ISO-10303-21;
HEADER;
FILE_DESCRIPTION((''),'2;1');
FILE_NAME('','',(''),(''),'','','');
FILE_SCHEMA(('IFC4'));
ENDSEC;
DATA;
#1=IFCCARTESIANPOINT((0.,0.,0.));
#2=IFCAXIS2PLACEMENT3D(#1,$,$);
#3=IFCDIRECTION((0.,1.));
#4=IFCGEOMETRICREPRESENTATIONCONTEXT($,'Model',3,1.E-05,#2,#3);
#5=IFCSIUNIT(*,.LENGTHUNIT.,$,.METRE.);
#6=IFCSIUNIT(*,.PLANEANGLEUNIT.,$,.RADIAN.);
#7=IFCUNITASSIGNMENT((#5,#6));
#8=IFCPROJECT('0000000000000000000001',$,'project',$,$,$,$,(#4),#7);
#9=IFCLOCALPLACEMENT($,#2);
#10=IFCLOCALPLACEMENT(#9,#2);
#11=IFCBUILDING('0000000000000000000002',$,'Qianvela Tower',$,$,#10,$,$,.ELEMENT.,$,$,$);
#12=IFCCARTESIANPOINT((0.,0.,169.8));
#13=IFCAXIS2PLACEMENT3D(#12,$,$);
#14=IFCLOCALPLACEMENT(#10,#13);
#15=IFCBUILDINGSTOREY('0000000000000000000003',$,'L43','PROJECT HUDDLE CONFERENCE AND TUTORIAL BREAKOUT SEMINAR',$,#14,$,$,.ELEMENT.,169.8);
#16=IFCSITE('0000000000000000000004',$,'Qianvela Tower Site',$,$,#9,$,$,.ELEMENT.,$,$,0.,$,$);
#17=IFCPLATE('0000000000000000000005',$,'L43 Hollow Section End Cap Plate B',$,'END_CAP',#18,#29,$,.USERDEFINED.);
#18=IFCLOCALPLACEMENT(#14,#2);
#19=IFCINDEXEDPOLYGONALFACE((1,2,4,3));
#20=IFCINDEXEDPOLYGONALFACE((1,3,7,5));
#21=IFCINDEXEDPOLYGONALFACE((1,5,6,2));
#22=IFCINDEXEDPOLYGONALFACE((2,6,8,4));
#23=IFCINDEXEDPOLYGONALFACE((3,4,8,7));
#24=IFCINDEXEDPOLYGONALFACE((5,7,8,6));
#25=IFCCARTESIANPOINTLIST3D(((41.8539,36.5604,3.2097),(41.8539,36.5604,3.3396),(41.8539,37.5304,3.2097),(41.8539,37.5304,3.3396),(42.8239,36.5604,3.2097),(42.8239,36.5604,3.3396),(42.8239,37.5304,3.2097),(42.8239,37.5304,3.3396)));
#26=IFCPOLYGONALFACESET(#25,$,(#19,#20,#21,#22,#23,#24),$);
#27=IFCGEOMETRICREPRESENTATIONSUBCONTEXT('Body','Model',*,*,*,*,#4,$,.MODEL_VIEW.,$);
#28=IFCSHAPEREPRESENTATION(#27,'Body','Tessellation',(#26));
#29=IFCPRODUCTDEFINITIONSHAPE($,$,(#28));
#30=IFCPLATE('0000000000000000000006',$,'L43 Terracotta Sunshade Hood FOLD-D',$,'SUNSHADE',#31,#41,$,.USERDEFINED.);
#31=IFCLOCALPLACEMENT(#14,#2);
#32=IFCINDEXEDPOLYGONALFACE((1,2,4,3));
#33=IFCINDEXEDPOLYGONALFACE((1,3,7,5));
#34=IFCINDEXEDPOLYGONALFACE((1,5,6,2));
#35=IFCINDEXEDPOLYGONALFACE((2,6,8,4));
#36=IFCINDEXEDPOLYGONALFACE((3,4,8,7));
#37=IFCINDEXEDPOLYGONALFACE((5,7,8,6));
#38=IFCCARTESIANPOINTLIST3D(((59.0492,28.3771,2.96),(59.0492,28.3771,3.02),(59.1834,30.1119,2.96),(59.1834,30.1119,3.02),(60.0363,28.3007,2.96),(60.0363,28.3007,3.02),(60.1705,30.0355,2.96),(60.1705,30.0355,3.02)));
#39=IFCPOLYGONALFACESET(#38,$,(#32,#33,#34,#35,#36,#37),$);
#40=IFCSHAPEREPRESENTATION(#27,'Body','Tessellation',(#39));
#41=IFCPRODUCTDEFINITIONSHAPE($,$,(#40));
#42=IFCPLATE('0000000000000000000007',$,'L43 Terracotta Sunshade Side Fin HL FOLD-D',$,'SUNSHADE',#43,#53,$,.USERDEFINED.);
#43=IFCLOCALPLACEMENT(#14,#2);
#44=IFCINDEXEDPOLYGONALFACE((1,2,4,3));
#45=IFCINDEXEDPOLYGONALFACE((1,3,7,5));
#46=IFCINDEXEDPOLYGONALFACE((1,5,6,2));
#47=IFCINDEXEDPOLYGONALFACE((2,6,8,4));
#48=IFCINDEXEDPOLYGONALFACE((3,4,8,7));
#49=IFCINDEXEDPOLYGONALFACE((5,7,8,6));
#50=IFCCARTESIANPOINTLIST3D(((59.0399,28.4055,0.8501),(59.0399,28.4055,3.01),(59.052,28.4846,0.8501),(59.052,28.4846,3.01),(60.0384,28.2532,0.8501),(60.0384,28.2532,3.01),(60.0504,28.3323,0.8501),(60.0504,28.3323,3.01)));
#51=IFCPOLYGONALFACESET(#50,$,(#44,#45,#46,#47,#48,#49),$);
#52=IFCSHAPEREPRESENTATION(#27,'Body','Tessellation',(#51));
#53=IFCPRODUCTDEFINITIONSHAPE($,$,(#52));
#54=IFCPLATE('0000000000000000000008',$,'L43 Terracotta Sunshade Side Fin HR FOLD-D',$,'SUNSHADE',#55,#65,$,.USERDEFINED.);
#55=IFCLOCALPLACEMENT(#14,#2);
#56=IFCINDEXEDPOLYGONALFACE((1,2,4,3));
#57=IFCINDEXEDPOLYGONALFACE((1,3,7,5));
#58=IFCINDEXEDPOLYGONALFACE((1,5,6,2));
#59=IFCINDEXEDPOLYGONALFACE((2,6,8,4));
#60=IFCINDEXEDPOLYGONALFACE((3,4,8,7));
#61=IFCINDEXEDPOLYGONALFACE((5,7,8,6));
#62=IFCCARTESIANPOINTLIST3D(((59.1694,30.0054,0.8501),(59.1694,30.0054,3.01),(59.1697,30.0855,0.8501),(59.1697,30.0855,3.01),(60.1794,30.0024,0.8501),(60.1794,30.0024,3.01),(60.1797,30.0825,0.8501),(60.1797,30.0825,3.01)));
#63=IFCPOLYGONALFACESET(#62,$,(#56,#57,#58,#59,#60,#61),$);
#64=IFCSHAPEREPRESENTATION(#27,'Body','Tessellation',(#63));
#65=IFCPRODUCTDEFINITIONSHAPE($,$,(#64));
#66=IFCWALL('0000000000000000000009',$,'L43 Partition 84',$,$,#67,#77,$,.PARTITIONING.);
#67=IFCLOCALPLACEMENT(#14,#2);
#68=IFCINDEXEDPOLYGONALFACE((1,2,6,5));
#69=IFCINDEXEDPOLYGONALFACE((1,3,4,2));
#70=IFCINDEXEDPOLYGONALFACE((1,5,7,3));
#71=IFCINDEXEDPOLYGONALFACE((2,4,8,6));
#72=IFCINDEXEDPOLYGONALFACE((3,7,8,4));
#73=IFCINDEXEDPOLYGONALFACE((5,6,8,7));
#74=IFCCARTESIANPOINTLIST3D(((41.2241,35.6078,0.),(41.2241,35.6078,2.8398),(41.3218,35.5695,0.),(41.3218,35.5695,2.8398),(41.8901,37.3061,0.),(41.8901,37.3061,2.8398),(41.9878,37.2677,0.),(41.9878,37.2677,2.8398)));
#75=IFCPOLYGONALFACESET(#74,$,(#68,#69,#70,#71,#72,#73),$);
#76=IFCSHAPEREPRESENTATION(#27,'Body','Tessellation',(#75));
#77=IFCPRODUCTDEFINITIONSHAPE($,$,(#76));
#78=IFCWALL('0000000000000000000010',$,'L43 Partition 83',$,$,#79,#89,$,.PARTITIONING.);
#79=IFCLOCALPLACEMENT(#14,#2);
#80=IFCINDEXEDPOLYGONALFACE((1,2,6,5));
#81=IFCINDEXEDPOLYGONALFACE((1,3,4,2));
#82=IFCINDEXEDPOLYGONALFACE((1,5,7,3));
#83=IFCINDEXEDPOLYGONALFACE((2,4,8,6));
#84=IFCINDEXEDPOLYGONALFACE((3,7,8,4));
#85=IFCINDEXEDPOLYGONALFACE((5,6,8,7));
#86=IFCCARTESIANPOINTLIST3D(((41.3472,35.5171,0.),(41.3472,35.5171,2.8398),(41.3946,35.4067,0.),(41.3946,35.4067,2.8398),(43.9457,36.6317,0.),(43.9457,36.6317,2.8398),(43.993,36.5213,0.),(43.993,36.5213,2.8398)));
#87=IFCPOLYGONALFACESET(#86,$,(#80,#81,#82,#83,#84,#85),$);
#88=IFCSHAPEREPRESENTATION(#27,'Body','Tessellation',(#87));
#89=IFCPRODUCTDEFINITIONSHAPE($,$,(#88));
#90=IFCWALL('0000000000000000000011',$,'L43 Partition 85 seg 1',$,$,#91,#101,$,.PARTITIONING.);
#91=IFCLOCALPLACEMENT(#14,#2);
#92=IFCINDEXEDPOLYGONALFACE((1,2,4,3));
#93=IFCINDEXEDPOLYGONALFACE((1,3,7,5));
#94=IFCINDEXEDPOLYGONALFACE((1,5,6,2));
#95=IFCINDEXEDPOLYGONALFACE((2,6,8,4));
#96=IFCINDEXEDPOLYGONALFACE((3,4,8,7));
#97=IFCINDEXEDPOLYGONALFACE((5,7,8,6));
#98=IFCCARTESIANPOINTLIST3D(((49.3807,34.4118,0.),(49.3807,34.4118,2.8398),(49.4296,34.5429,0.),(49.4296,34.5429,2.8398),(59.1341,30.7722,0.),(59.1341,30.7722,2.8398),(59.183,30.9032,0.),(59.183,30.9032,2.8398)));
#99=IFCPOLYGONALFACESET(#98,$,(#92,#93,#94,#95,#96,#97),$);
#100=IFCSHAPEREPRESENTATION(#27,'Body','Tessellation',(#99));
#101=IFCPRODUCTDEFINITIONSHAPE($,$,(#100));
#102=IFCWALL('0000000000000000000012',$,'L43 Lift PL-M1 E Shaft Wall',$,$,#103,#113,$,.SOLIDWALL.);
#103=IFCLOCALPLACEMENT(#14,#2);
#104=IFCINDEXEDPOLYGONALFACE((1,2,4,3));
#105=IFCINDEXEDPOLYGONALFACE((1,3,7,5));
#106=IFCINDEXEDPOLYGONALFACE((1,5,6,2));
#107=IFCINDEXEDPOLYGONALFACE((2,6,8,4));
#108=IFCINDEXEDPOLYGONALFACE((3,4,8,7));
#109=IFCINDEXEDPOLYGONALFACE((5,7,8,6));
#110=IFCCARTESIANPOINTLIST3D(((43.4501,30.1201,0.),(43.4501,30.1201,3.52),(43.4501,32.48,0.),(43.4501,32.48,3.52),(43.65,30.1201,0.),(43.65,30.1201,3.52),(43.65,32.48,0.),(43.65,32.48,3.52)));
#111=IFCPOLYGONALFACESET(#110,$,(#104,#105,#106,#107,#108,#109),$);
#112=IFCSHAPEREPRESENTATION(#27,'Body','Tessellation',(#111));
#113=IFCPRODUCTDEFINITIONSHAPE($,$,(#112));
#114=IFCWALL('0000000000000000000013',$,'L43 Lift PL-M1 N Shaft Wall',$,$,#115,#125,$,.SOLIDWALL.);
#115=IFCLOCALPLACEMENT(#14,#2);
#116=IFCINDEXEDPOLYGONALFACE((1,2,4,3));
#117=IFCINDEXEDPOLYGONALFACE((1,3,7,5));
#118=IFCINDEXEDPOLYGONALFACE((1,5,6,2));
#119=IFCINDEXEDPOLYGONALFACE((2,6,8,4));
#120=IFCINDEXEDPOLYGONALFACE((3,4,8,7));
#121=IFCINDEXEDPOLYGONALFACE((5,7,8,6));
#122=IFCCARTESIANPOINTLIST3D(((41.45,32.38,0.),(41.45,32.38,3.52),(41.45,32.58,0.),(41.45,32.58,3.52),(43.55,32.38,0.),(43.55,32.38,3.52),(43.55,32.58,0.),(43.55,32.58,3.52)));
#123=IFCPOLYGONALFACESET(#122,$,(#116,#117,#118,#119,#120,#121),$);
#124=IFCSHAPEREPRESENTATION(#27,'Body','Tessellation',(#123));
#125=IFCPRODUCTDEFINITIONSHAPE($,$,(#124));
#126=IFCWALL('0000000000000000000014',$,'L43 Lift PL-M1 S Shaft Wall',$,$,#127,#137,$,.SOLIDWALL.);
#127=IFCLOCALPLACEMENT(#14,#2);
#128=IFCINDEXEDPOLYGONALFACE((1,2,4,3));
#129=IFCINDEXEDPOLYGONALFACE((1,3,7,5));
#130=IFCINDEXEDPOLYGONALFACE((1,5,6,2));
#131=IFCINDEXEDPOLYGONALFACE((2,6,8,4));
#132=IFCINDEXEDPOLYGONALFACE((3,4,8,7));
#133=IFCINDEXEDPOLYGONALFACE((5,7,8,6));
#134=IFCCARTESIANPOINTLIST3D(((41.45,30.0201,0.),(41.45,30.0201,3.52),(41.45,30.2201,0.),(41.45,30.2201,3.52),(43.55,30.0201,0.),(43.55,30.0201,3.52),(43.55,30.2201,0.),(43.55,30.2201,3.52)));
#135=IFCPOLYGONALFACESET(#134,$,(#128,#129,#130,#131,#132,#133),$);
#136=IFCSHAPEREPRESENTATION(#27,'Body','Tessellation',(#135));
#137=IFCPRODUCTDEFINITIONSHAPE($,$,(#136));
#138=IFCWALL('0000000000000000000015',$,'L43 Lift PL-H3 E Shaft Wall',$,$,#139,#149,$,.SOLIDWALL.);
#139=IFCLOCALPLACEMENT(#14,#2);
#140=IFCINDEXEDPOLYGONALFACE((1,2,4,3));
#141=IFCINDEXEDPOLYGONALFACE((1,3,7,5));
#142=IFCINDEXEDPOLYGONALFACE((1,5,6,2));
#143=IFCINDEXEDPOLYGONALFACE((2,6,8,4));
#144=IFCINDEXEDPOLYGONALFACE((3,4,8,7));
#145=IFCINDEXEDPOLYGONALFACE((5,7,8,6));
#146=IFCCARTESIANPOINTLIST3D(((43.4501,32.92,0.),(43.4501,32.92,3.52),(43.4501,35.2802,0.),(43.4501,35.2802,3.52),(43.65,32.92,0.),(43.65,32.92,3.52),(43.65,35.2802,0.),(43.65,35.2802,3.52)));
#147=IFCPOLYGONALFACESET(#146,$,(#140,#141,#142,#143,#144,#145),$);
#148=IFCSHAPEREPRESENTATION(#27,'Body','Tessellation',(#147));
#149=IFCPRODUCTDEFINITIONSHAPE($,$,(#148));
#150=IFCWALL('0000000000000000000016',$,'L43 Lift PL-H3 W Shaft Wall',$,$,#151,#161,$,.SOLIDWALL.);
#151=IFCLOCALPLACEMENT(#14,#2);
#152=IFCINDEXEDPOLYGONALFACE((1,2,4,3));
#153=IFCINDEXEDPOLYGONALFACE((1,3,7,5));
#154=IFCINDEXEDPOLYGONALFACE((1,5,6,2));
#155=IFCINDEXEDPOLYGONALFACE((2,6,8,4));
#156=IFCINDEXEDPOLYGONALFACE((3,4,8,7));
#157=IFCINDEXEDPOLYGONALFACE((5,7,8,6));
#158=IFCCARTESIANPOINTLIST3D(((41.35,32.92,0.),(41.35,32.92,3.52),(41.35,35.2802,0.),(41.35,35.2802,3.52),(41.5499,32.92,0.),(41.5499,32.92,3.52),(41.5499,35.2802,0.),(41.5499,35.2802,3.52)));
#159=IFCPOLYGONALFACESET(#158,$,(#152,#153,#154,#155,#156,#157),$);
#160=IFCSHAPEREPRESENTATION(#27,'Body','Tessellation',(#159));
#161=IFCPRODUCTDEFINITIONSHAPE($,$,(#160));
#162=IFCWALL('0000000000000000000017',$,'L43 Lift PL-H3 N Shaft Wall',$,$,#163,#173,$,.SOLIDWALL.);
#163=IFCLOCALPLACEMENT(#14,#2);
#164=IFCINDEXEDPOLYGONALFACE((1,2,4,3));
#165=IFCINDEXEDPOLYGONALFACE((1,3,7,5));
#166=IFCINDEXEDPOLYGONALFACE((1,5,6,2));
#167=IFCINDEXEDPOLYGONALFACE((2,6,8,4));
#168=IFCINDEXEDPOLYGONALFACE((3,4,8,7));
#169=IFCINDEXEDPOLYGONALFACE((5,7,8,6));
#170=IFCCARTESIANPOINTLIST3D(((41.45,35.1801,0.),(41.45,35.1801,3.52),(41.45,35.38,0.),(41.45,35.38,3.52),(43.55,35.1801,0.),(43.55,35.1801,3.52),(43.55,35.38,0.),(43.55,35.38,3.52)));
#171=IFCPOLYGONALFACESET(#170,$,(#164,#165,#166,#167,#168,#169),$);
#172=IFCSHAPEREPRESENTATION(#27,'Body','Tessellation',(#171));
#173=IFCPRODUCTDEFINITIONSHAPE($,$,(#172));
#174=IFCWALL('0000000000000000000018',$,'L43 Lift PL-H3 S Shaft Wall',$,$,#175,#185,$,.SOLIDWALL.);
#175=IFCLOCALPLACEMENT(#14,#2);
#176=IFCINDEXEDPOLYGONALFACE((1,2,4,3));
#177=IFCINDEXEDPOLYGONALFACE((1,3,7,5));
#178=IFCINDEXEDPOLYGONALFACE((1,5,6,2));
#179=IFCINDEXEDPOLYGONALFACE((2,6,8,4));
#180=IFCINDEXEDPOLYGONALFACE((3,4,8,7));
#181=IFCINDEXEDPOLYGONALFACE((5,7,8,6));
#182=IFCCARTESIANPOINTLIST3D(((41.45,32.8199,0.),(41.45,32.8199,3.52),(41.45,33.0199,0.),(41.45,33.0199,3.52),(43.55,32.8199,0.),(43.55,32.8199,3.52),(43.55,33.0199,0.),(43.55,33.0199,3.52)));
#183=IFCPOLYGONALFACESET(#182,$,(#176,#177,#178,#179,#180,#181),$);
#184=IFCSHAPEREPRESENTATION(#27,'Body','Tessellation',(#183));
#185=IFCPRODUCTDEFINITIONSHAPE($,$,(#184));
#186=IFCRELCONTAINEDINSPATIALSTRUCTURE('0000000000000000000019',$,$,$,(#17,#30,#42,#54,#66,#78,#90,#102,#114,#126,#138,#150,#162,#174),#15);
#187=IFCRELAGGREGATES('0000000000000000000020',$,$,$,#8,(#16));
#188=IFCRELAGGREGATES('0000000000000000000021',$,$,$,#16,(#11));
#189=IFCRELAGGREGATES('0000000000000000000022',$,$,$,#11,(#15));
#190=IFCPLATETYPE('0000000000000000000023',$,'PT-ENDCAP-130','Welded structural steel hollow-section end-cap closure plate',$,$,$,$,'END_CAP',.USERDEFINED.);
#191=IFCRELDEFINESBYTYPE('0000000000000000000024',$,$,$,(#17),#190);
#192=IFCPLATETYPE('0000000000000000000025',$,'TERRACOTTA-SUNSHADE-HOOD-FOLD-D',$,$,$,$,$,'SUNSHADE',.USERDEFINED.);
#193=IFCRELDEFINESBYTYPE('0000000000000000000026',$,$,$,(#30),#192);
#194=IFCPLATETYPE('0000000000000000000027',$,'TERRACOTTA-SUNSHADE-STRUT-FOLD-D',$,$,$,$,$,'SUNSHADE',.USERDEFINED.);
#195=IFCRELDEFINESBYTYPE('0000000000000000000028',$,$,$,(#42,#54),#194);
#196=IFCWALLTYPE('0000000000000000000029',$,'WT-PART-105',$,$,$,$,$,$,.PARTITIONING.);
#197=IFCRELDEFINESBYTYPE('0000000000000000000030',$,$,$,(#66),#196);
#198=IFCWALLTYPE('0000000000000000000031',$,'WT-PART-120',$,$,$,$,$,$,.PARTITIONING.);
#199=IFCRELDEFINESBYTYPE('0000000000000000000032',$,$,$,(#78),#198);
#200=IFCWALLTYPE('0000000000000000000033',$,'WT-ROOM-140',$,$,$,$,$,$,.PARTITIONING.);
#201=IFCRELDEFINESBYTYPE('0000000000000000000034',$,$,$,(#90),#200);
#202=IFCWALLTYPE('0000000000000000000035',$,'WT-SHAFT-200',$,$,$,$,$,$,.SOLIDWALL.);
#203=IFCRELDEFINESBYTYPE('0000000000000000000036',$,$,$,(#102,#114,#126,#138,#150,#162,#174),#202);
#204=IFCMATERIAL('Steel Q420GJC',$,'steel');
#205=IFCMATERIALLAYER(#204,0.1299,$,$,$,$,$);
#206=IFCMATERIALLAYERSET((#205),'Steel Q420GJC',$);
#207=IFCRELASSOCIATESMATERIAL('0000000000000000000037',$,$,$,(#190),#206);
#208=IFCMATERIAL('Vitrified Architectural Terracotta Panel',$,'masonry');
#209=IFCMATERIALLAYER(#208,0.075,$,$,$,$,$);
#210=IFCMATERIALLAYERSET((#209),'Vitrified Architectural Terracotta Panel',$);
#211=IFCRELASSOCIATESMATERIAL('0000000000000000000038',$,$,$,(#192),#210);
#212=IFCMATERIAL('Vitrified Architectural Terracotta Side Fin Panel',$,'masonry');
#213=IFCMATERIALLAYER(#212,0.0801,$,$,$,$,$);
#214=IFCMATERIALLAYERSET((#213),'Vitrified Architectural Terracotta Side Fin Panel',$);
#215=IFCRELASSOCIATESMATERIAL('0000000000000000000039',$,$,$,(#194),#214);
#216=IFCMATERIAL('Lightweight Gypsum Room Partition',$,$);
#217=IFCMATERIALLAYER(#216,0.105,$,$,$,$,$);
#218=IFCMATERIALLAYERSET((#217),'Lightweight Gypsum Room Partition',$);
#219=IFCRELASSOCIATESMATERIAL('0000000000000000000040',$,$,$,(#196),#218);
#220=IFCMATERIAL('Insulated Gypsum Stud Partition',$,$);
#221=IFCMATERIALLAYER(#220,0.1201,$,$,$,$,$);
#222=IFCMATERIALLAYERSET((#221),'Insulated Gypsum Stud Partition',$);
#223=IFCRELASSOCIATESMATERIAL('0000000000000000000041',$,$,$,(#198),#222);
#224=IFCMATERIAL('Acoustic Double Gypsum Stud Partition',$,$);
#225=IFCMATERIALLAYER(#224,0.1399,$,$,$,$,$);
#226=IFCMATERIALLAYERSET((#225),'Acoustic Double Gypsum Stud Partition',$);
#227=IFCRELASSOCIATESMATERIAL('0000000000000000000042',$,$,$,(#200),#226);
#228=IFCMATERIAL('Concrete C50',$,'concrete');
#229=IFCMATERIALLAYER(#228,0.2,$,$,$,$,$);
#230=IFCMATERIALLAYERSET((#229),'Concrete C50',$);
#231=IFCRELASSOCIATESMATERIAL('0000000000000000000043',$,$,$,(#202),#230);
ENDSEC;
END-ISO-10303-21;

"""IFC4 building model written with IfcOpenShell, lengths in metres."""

from ifc_helpers import new_model, si_unit, direction, frame, frame_2d, origin, origin_2d, place, context, subcontext, project, spatial, rectangle, extrude, material, layer, layer_set, type_object, element, save


model = new_model("IFC4")

# Units and contexts
model_context = context("Model", 3, precision=1e-05, world=origin(), true_north=direction((0.0, 1.0)))
body_context = subcontext(model_context, "Body", "Model", "MODEL_VIEW")
ifc_project = project(units=[si_unit("LENGTHUNIT", "METRE"), si_unit("PLANEANGLEUNIT", "RADIAN")], contexts=[model_context])

# Site, building, storey
site_placement = place(None, origin())
site = spatial("IfcSite", under=ifc_project, at=site_placement, Name="Qianvela Tower Site", CompositionType="ELEMENT", RefElevation=0.0)
building_placement = place(site_placement, origin())
building = spatial("IfcBuilding", under=site, at=building_placement, Name="Qianvela Tower", CompositionType="ELEMENT")
storey_placement = place(building_placement, frame((0.0, 0.0, 169.8)))
storey = spatial("IfcBuildingStorey", under=building, at=storey_placement, Name="L43", Description="PROJECT HUDDLE CONFERENCE AND TUTORIAL BREAKOUT SEMINAR", CompositionType="ELEMENT", Elevation=169.8)

# Plates
ifc_material_1 = material(Name="Steel Q420GJC", Category="steel")
ifc_layer_1 = layer(ifc_material_1, 0.1299)
ifc_layer_set_1 = layer_set([ifc_layer_1], Name="Steel Q420GJC")
plate_type_1 = type_object("IfcPlateType", Name="PT-ENDCAP-130", Description="Welded structural steel hollow-section end-cap closure plate", ElementType="END_CAP", PredefinedType="USERDEFINED", material=ifc_layer_set_1)
for number, where, z_axis, x_axis, name in (
    (1, (42.3389, 37.0454, 3.2097), (0.0, 0.0, 1.0), (1.0, 0.0, 0.0), "L43 Hollow Section End Cap Plate B"),
):
    element("IfcPlate", number, at=place(storey_placement, frame(where, z_axis=z_axis, x_axis=x_axis)), inside=storey, type_object=plate_type_1, Name=name, ObjectType="END_CAP", PredefinedType="USERDEFINED", context=body_context, shape_type="SweptSolid", body=[
        extrude(rectangle(XDim=0.97, YDim=0.97, at=origin_2d()), origin(), (0.0, 0.0, 1.0), 0.1299),
    ])
ifc_material_2 = material(Name="Vitrified Architectural Terracotta Panel", Category="masonry")
ifc_layer_2 = layer(ifc_material_2, 0.075)
ifc_layer_set_2 = layer_set([ifc_layer_2], Name="Vitrified Architectural Terracotta Panel")
plate_type_2 = type_object("IfcPlateType", Name="TERRACOTTA-SUNSHADE-HOOD-FOLD-D", ElementType="SUNSHADE", PredefinedType="USERDEFINED", material=ifc_layer_set_2)
plate_1_placement = place(storey_placement, frame((59.6099, 29.2063, 2.96), z_axis=(0.0, 0.0, 1.0), x_axis=(0.077123, 0.997022, 0.0)))
element("IfcPlate", 2, at=plate_1_placement, inside=storey, type_object=plate_type_2, Name="L43 Terracotta Sunshade Hood FOLD-D", ObjectType="SUNSHADE", PredefinedType="USERDEFINED", context=body_context, shape_type="SweptSolid", body=[
    extrude(rectangle(XDim=1.74, YDim=0.99, at=origin_2d()), origin(), (0.0, 0.0, 1.0), 0.0601),
])
ifc_material_3 = material(Name="Vitrified Architectural Terracotta Side Fin Panel", Category="masonry")
ifc_layer_3 = layer(ifc_material_3, 0.0801)
ifc_layer_set_3 = layer_set([ifc_layer_3], Name="Vitrified Architectural Terracotta Side Fin Panel")
plate_type_3 = type_object("IfcPlateType", Name="TERRACOTTA-SUNSHADE-STRUT-FOLD-D", ElementType="SUNSHADE", PredefinedType="USERDEFINED", material=ifc_layer_set_3)
for number, where, z_axis, x_axis, name in (
    (3, (59.5452, 28.3689, 0.8501), (0.0, 0.0, 1.0), (0.150798, 0.988565, 0.0), "L43 Terracotta Sunshade Side Fin HL FOLD-D"),
    (4, (59.6746, 30.0439, 0.8501), (0.0, 0.0, 1.0), (0.003023, 0.999995, 0.0), "L43 Terracotta Sunshade Side Fin HR FOLD-D"),
):
    element("IfcPlate", number, at=place(storey_placement, frame(where, z_axis=z_axis, x_axis=x_axis)), inside=storey, type_object=plate_type_3, Name=name, ObjectType="SUNSHADE", PredefinedType="USERDEFINED", context=body_context, shape_type="SweptSolid", body=[
        extrude(rectangle(XDim=0.0801, YDim=1.01, at=origin_2d()), origin(), (0.0, 0.0, 1.0), 2.1599),
    ])

# Walls
ifc_material_4 = material(Name="Lightweight Gypsum Room Partition")
ifc_layer_4 = layer(ifc_material_4, 0.105)
ifc_layer_set_4 = layer_set([ifc_layer_4], Name="Lightweight Gypsum Room Partition")
wall_type_1 = type_object("IfcWallType", Name="WT-PART-105", PredefinedType="PARTITIONING", material=ifc_layer_set_4)
wall_1_placement = place(storey_placement, frame((41.2729, 35.5886, 0.0), z_axis=(0.0, 0.0, 1.0), x_axis=(0.365106, 0.930966, 0.0)))
element("IfcWall", 5, at=wall_1_placement, inside=storey, type_object=wall_type_1, Name="L43 Partition 84", PredefinedType="PARTITIONING", context=body_context, shape_type="SweptSolid", body=[
    extrude(rectangle(XDim=1.8242, YDim=0.105, at=frame_2d((0.9121, 0.0))), origin(), (0.0, 0.0, 1.0), 2.8398),
])
ifc_material_5 = material(Name="Insulated Gypsum Stud Partition")
ifc_layer_5 = layer(ifc_material_5, 0.1201)
ifc_layer_set_5 = layer_set([ifc_layer_5], Name="Insulated Gypsum Stud Partition")
wall_type_2 = type_object("IfcWallType", Name="WT-PART-120", PredefinedType="PARTITIONING", material=ifc_layer_set_5)
wall_2_placement = place(storey_placement, frame((43.9692, 36.5764, 0.0), z_axis=(0.0, 0.0, 1.0), x_axis=(-0.919029, -0.39419, 0.0)))
element("IfcWall", 6, at=wall_2_placement, inside=storey, type_object=wall_type_2, Name="L43 Partition 83", PredefinedType="PARTITIONING", context=body_context, shape_type="SweptSolid", body=[
    extrude(rectangle(XDim=2.8274, YDim=0.1201, at=frame_2d((1.4136, 0.0))), origin(), (0.0, 0.0, 1.0), 2.8398),
])
ifc_material_6 = material(Name="Acoustic Double Gypsum Stud Partition")
ifc_layer_6 = layer(ifc_material_6, 0.1399)
ifc_layer_set_6 = layer_set([ifc_layer_6], Name="Acoustic Double Gypsum Stud Partition")
wall_type_3 = type_object("IfcWallType", Name="WT-ROOM-140", PredefinedType="PARTITIONING", material=ifc_layer_set_6)
wall_3_placement = place(storey_placement, frame((49.4053, 34.4773, 0.0), z_axis=(0.0, 0.0, 1.0), x_axis=(0.936893, -0.349617, 0.0)))
element("IfcWall", 7, at=wall_3_placement, inside=storey, type_object=wall_type_3, Name="L43 Partition 85 seg 1", PredefinedType="PARTITIONING", context=body_context, shape_type="SweptSolid", body=[
    extrude(rectangle(XDim=10.4104, YDim=0.1399, at=frame_2d((5.2051, 0.0))), origin(), (0.0, 0.0, 1.0), 2.8398),
])
ifc_material_7 = material(Name="Concrete C50", Category="concrete")
ifc_layer_7 = layer(ifc_material_7, 0.2)
ifc_layer_set_7 = layer_set([ifc_layer_7], Name="Concrete C50")
wall_type_4 = type_object("IfcWallType", Name="WT-SHAFT-200", PredefinedType="SOLIDWALL", material=ifc_layer_set_7)
wall_4_placement = place(storey_placement, frame((43.55, 30.1201, 0.0), z_axis=(0.0, 0.0, 1.0), x_axis=(0.0, 1.0, 0.0)))
element("IfcWall", 8, at=wall_4_placement, inside=storey, type_object=wall_type_4, Name="L43 Lift PL-M1 E Shaft Wall", PredefinedType="SOLIDWALL", context=body_context, shape_type="SweptSolid", body=[
    extrude(rectangle(XDim=2.3599, YDim=0.2, at=frame_2d((1.1799, 0.0))), origin(), (0.0, 0.0, 1.0), 3.52),
])

# Walls
for number, where, z_axis, x_axis, name in (
    (9, (41.45, 32.48, 0.0), (0.0, 0.0, 1.0), (1.0, 0.0, 0.0), "L43 Lift PL-M1 N Shaft Wall"),
    (10, (41.45, 30.1201, 0.0), (0.0, 0.0, 1.0), (1.0, 0.0, 0.0), "L43 Lift PL-M1 S Shaft Wall"),
):
    element("IfcWall", number, at=place(storey_placement, frame(where, z_axis=z_axis, x_axis=x_axis)), inside=storey, type_object=wall_type_4, Name=name, PredefinedType="SOLIDWALL", context=body_context, shape_type="SweptSolid", body=[
        extrude(rectangle(XDim=2.1001, YDim=0.2, at=frame_2d((1.05, 0.0))), origin(), (0.0, 0.0, 1.0), 3.52),
    ])
for number, where, z_axis, x_axis, name in (
    (11, (43.55, 32.9199, 0.0), (0.0, 0.0, 1.0), (0.0, 1.0, 0.0), "L43 Lift PL-H3 E Shaft Wall"),
    (12, (41.45, 32.9199, 0.0), (0.0, 0.0, 1.0), (0.0, 1.0, 0.0), "L43 Lift PL-H3 W Shaft Wall"),
):
    element("IfcWall", number, at=place(storey_placement, frame(where, z_axis=z_axis, x_axis=x_axis)), inside=storey, type_object=wall_type_4, Name=name, PredefinedType="SOLIDWALL", context=body_context, shape_type="SweptSolid", body=[
        extrude(rectangle(XDim=2.3601, YDim=0.2, at=frame_2d((1.1802, 0.0))), origin(), (0.0, 0.0, 1.0), 3.52),
    ])
for number, where, z_axis, x_axis, name in (
    (13, (41.45, 35.28, 0.0), (0.0, 0.0, 1.0), (1.0, 0.0, 0.0), "L43 Lift PL-H3 N Shaft Wall"),
    (14, (41.45, 32.9199, 0.0), (0.0, 0.0, 1.0), (1.0, 0.0, 0.0), "L43 Lift PL-H3 S Shaft Wall"),
):
    element("IfcWall", number, at=place(storey_placement, frame(where, z_axis=z_axis, x_axis=x_axis)), inside=storey, type_object=wall_type_4, Name=name, PredefinedType="SOLIDWALL", context=body_context, shape_type="SweptSolid", body=[
        extrude(rectangle(XDim=2.1001, YDim=0.2, at=frame_2d((1.05, 0.0))), origin(), (0.0, 0.0, 1.0), 3.52),
    ])

save(model, "model.ifc")
